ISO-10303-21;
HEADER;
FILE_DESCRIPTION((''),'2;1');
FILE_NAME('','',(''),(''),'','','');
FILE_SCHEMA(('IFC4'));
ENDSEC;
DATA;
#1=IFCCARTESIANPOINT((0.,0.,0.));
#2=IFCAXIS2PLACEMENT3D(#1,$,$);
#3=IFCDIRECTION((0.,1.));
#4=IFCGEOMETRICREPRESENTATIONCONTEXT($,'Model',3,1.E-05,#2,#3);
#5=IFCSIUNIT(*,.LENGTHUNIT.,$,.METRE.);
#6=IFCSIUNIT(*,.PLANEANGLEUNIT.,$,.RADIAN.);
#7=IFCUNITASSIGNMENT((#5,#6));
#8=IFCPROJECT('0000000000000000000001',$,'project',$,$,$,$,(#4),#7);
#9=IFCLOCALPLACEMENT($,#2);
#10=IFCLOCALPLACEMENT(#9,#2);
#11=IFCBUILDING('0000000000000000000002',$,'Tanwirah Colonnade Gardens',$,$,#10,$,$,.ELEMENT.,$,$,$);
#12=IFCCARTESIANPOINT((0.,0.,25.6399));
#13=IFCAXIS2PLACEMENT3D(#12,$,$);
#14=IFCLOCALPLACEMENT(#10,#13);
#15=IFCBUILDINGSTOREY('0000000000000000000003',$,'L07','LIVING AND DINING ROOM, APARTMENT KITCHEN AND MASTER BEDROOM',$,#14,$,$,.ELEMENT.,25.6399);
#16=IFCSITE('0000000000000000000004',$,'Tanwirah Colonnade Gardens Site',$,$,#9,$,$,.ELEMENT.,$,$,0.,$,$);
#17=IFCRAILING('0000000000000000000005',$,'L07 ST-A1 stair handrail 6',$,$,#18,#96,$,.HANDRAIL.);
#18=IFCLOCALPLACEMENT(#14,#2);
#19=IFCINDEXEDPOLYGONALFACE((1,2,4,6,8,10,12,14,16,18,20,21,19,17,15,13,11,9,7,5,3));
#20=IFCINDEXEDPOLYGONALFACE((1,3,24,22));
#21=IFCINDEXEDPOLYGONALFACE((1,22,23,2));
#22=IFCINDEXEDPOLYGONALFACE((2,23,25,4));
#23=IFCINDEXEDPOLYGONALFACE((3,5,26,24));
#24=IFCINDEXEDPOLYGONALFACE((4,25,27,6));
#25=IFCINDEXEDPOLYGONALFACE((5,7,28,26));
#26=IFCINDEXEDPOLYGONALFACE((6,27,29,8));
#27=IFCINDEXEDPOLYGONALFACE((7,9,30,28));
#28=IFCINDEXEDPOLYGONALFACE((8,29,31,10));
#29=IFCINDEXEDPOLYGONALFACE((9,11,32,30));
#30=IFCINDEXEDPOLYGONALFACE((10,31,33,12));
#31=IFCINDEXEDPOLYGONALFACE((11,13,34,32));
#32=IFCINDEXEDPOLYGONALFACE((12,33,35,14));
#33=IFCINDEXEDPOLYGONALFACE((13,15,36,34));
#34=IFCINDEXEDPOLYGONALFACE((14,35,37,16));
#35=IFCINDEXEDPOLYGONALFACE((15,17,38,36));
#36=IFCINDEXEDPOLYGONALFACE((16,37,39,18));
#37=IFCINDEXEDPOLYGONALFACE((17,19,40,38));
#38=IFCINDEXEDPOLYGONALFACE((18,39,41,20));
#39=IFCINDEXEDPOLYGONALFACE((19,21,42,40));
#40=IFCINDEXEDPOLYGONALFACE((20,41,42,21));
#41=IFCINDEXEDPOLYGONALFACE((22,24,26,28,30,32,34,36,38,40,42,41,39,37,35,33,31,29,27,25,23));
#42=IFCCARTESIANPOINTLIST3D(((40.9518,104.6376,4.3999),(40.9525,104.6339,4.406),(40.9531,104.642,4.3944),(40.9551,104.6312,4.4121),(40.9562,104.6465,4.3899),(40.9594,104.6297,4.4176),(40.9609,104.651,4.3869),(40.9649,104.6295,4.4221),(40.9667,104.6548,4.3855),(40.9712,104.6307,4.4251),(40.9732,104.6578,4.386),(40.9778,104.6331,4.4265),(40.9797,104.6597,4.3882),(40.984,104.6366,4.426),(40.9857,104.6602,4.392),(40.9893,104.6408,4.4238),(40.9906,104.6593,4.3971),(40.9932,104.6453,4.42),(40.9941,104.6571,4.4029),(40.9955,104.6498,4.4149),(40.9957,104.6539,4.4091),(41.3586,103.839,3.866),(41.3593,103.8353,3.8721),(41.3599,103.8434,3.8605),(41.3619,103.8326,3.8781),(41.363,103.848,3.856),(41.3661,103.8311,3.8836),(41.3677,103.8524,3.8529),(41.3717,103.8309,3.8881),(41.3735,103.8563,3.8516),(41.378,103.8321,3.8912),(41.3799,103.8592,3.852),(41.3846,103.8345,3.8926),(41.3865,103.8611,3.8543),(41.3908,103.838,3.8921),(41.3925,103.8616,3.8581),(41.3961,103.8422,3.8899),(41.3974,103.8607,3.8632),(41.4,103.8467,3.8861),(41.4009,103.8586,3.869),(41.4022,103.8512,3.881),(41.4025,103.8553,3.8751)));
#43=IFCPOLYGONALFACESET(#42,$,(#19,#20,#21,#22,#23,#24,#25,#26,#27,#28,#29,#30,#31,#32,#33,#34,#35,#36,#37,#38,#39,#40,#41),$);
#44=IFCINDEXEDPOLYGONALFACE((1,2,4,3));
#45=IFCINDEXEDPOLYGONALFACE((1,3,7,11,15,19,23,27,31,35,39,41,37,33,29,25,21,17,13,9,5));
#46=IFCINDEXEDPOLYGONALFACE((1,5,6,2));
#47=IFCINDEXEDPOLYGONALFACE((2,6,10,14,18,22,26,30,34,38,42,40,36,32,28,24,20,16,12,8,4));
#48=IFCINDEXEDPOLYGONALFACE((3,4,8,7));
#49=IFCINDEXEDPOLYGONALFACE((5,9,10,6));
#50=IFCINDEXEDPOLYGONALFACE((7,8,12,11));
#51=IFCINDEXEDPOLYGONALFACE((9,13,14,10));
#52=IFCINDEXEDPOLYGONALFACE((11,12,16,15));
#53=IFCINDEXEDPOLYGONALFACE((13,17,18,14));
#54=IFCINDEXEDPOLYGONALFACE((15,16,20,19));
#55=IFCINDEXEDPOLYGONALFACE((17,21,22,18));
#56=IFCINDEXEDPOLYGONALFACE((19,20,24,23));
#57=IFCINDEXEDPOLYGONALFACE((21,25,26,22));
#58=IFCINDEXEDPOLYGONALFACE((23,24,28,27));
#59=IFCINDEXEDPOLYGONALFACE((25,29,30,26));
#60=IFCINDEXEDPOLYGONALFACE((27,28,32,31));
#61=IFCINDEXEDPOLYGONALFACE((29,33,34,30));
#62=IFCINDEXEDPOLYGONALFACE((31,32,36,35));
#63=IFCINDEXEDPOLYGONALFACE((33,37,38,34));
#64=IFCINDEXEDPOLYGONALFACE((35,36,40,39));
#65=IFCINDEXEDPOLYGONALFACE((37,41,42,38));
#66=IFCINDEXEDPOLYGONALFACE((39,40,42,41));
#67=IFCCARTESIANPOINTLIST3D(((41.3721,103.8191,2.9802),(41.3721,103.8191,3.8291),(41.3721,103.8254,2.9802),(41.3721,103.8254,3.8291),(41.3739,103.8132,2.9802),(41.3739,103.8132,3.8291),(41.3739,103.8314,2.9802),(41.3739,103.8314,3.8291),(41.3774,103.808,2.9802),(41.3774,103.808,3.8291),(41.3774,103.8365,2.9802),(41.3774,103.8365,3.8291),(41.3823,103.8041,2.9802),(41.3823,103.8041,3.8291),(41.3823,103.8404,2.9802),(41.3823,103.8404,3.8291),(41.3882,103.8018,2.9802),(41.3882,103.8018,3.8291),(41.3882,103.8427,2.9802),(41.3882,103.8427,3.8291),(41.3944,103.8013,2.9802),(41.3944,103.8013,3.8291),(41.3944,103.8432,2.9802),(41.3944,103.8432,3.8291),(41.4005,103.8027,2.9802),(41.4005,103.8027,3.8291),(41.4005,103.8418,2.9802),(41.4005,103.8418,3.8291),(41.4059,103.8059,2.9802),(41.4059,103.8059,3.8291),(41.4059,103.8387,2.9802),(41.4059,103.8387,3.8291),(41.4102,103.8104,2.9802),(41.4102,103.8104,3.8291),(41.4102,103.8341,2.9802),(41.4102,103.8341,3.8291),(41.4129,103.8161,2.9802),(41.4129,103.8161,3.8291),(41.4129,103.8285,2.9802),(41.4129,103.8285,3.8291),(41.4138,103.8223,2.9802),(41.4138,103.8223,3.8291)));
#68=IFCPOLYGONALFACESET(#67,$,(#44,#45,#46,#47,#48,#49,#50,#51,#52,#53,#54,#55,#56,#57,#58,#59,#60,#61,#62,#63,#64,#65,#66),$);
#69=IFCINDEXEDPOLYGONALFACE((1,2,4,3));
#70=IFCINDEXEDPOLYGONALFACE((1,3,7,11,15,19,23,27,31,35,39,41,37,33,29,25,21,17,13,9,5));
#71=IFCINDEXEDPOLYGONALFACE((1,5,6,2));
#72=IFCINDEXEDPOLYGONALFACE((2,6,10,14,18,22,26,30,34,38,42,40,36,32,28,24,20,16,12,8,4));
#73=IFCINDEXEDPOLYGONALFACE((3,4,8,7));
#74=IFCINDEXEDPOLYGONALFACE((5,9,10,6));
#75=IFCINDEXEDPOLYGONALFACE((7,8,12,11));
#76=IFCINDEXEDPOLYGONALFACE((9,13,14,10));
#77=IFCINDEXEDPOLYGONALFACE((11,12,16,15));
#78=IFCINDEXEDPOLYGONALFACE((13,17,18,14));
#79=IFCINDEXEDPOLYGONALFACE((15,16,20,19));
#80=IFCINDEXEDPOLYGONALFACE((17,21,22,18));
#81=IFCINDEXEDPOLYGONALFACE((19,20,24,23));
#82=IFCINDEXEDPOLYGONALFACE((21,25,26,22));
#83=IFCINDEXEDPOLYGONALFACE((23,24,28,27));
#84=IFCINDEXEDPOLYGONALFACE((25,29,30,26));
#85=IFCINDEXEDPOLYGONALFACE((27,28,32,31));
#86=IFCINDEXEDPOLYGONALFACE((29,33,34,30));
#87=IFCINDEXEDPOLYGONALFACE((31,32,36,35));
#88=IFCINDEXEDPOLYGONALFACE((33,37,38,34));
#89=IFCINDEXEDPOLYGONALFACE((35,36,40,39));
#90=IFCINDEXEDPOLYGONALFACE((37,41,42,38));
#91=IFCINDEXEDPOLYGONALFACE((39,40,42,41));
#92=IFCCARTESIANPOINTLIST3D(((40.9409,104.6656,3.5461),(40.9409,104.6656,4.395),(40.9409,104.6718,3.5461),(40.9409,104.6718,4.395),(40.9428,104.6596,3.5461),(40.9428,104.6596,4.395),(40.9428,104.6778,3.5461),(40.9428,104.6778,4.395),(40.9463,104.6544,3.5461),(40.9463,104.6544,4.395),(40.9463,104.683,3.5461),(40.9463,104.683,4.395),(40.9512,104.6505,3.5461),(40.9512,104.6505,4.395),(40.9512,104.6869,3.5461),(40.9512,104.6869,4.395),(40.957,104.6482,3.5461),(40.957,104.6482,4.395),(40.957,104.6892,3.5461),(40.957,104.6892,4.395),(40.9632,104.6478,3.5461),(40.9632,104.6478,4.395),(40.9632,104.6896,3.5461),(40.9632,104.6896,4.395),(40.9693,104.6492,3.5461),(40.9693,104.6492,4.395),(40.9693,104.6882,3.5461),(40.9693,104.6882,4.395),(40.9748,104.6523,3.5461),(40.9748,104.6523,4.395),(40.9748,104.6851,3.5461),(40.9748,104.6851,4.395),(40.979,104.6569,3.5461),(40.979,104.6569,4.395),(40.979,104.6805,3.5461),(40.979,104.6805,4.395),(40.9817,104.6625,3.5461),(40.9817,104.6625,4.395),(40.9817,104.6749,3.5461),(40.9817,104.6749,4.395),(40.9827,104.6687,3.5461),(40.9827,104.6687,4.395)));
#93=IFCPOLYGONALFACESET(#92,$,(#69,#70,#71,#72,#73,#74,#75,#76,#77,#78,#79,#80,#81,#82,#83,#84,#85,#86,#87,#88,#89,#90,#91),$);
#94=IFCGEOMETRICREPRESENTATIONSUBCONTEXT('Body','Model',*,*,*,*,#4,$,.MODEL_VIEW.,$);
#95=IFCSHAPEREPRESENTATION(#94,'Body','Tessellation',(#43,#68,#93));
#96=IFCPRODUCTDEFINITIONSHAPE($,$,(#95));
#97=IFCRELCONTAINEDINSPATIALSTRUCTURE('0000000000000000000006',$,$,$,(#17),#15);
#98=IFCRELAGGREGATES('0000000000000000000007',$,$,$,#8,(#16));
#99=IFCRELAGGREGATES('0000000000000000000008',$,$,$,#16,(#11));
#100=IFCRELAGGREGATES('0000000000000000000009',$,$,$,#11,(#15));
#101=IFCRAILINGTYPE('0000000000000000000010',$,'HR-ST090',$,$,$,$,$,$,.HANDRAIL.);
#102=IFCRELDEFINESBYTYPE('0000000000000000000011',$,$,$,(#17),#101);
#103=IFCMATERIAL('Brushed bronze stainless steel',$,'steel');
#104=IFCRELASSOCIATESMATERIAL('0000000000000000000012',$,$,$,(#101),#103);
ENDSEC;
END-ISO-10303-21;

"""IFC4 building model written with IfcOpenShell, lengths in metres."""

from ifc_helpers import new_model, si_unit, direction, frame, origin, origin_2d, place, context, subcontext, project, spatial, circle, extrude, material, type_object, element, save


model = new_model("IFC4")

# Units and contexts
model_context = context("Model", 3, precision=1e-05, world=origin(), true_north=direction((0.0, 1.0)))
body_context = subcontext(model_context, "Body", "Model", "MODEL_VIEW")
ifc_project = project(units=[si_unit("LENGTHUNIT", "METRE"), si_unit("PLANEANGLEUNIT", "RADIAN")], contexts=[model_context])

# Site, building, storey
site_placement = place(None, origin())
site = spatial("IfcSite", under=ifc_project, at=site_placement, Name="Tanwirah Colonnade Gardens Site", CompositionType="ELEMENT", RefElevation=0.0)
building_placement = place(site_placement, origin())
building = spatial("IfcBuilding", under=site, at=building_placement, Name="Tanwirah Colonnade Gardens", CompositionType="ELEMENT")
storey_placement = place(building_placement, frame((0.0, 0.0, 25.6399)))
storey = spatial("IfcBuildingStorey", under=building, at=storey_placement, Name="L07", Description="LIVING AND DINING ROOM, APARTMENT KITCHEN AND MASTER BEDROOM", CompositionType="ELEMENT", Elevation=25.6399)

# Railing
ifc_material_1 = material(Name="Brushed bronze stainless steel", Category="steel")
railing_type_1 = type_object("IfcRailingType", Name="HR-ST090", PredefinedType="HANDRAIL", material=ifc_material_1)
railing_1_placement = place(storey_placement, frame((41.3928, 103.8223, 2.9802)))
element("IfcRailing", 1, at=railing_1_placement, inside=storey, type_object=railing_type_1, Name="L07 ST-A1 stair handrail 6", PredefinedType="HANDRAIL", context=body_context, shape_type="SweptSolid", body=[
    extrude(circle(Radius=0.0239, at=origin_2d()), frame((-0.0122, 0.0239, 0.8918), z_axis=(-0.38993, 0.765509, 0.511811), x_axis=(-0.891061, -0.453883, 0.0)), (0.0, 0.0, 1.0), 1.0432),
    extrude(circle(Radius=0.021, at=origin_2d()), origin(), (0.0, 0.0, 1.0), 0.8489),
    extrude(circle(Radius=0.021, at=origin_2d()), frame((-0.4312, 0.8464, 0.5659)), (0.0, 0.0, 1.0), 0.8489),
])

save(model, "model.ifc")
